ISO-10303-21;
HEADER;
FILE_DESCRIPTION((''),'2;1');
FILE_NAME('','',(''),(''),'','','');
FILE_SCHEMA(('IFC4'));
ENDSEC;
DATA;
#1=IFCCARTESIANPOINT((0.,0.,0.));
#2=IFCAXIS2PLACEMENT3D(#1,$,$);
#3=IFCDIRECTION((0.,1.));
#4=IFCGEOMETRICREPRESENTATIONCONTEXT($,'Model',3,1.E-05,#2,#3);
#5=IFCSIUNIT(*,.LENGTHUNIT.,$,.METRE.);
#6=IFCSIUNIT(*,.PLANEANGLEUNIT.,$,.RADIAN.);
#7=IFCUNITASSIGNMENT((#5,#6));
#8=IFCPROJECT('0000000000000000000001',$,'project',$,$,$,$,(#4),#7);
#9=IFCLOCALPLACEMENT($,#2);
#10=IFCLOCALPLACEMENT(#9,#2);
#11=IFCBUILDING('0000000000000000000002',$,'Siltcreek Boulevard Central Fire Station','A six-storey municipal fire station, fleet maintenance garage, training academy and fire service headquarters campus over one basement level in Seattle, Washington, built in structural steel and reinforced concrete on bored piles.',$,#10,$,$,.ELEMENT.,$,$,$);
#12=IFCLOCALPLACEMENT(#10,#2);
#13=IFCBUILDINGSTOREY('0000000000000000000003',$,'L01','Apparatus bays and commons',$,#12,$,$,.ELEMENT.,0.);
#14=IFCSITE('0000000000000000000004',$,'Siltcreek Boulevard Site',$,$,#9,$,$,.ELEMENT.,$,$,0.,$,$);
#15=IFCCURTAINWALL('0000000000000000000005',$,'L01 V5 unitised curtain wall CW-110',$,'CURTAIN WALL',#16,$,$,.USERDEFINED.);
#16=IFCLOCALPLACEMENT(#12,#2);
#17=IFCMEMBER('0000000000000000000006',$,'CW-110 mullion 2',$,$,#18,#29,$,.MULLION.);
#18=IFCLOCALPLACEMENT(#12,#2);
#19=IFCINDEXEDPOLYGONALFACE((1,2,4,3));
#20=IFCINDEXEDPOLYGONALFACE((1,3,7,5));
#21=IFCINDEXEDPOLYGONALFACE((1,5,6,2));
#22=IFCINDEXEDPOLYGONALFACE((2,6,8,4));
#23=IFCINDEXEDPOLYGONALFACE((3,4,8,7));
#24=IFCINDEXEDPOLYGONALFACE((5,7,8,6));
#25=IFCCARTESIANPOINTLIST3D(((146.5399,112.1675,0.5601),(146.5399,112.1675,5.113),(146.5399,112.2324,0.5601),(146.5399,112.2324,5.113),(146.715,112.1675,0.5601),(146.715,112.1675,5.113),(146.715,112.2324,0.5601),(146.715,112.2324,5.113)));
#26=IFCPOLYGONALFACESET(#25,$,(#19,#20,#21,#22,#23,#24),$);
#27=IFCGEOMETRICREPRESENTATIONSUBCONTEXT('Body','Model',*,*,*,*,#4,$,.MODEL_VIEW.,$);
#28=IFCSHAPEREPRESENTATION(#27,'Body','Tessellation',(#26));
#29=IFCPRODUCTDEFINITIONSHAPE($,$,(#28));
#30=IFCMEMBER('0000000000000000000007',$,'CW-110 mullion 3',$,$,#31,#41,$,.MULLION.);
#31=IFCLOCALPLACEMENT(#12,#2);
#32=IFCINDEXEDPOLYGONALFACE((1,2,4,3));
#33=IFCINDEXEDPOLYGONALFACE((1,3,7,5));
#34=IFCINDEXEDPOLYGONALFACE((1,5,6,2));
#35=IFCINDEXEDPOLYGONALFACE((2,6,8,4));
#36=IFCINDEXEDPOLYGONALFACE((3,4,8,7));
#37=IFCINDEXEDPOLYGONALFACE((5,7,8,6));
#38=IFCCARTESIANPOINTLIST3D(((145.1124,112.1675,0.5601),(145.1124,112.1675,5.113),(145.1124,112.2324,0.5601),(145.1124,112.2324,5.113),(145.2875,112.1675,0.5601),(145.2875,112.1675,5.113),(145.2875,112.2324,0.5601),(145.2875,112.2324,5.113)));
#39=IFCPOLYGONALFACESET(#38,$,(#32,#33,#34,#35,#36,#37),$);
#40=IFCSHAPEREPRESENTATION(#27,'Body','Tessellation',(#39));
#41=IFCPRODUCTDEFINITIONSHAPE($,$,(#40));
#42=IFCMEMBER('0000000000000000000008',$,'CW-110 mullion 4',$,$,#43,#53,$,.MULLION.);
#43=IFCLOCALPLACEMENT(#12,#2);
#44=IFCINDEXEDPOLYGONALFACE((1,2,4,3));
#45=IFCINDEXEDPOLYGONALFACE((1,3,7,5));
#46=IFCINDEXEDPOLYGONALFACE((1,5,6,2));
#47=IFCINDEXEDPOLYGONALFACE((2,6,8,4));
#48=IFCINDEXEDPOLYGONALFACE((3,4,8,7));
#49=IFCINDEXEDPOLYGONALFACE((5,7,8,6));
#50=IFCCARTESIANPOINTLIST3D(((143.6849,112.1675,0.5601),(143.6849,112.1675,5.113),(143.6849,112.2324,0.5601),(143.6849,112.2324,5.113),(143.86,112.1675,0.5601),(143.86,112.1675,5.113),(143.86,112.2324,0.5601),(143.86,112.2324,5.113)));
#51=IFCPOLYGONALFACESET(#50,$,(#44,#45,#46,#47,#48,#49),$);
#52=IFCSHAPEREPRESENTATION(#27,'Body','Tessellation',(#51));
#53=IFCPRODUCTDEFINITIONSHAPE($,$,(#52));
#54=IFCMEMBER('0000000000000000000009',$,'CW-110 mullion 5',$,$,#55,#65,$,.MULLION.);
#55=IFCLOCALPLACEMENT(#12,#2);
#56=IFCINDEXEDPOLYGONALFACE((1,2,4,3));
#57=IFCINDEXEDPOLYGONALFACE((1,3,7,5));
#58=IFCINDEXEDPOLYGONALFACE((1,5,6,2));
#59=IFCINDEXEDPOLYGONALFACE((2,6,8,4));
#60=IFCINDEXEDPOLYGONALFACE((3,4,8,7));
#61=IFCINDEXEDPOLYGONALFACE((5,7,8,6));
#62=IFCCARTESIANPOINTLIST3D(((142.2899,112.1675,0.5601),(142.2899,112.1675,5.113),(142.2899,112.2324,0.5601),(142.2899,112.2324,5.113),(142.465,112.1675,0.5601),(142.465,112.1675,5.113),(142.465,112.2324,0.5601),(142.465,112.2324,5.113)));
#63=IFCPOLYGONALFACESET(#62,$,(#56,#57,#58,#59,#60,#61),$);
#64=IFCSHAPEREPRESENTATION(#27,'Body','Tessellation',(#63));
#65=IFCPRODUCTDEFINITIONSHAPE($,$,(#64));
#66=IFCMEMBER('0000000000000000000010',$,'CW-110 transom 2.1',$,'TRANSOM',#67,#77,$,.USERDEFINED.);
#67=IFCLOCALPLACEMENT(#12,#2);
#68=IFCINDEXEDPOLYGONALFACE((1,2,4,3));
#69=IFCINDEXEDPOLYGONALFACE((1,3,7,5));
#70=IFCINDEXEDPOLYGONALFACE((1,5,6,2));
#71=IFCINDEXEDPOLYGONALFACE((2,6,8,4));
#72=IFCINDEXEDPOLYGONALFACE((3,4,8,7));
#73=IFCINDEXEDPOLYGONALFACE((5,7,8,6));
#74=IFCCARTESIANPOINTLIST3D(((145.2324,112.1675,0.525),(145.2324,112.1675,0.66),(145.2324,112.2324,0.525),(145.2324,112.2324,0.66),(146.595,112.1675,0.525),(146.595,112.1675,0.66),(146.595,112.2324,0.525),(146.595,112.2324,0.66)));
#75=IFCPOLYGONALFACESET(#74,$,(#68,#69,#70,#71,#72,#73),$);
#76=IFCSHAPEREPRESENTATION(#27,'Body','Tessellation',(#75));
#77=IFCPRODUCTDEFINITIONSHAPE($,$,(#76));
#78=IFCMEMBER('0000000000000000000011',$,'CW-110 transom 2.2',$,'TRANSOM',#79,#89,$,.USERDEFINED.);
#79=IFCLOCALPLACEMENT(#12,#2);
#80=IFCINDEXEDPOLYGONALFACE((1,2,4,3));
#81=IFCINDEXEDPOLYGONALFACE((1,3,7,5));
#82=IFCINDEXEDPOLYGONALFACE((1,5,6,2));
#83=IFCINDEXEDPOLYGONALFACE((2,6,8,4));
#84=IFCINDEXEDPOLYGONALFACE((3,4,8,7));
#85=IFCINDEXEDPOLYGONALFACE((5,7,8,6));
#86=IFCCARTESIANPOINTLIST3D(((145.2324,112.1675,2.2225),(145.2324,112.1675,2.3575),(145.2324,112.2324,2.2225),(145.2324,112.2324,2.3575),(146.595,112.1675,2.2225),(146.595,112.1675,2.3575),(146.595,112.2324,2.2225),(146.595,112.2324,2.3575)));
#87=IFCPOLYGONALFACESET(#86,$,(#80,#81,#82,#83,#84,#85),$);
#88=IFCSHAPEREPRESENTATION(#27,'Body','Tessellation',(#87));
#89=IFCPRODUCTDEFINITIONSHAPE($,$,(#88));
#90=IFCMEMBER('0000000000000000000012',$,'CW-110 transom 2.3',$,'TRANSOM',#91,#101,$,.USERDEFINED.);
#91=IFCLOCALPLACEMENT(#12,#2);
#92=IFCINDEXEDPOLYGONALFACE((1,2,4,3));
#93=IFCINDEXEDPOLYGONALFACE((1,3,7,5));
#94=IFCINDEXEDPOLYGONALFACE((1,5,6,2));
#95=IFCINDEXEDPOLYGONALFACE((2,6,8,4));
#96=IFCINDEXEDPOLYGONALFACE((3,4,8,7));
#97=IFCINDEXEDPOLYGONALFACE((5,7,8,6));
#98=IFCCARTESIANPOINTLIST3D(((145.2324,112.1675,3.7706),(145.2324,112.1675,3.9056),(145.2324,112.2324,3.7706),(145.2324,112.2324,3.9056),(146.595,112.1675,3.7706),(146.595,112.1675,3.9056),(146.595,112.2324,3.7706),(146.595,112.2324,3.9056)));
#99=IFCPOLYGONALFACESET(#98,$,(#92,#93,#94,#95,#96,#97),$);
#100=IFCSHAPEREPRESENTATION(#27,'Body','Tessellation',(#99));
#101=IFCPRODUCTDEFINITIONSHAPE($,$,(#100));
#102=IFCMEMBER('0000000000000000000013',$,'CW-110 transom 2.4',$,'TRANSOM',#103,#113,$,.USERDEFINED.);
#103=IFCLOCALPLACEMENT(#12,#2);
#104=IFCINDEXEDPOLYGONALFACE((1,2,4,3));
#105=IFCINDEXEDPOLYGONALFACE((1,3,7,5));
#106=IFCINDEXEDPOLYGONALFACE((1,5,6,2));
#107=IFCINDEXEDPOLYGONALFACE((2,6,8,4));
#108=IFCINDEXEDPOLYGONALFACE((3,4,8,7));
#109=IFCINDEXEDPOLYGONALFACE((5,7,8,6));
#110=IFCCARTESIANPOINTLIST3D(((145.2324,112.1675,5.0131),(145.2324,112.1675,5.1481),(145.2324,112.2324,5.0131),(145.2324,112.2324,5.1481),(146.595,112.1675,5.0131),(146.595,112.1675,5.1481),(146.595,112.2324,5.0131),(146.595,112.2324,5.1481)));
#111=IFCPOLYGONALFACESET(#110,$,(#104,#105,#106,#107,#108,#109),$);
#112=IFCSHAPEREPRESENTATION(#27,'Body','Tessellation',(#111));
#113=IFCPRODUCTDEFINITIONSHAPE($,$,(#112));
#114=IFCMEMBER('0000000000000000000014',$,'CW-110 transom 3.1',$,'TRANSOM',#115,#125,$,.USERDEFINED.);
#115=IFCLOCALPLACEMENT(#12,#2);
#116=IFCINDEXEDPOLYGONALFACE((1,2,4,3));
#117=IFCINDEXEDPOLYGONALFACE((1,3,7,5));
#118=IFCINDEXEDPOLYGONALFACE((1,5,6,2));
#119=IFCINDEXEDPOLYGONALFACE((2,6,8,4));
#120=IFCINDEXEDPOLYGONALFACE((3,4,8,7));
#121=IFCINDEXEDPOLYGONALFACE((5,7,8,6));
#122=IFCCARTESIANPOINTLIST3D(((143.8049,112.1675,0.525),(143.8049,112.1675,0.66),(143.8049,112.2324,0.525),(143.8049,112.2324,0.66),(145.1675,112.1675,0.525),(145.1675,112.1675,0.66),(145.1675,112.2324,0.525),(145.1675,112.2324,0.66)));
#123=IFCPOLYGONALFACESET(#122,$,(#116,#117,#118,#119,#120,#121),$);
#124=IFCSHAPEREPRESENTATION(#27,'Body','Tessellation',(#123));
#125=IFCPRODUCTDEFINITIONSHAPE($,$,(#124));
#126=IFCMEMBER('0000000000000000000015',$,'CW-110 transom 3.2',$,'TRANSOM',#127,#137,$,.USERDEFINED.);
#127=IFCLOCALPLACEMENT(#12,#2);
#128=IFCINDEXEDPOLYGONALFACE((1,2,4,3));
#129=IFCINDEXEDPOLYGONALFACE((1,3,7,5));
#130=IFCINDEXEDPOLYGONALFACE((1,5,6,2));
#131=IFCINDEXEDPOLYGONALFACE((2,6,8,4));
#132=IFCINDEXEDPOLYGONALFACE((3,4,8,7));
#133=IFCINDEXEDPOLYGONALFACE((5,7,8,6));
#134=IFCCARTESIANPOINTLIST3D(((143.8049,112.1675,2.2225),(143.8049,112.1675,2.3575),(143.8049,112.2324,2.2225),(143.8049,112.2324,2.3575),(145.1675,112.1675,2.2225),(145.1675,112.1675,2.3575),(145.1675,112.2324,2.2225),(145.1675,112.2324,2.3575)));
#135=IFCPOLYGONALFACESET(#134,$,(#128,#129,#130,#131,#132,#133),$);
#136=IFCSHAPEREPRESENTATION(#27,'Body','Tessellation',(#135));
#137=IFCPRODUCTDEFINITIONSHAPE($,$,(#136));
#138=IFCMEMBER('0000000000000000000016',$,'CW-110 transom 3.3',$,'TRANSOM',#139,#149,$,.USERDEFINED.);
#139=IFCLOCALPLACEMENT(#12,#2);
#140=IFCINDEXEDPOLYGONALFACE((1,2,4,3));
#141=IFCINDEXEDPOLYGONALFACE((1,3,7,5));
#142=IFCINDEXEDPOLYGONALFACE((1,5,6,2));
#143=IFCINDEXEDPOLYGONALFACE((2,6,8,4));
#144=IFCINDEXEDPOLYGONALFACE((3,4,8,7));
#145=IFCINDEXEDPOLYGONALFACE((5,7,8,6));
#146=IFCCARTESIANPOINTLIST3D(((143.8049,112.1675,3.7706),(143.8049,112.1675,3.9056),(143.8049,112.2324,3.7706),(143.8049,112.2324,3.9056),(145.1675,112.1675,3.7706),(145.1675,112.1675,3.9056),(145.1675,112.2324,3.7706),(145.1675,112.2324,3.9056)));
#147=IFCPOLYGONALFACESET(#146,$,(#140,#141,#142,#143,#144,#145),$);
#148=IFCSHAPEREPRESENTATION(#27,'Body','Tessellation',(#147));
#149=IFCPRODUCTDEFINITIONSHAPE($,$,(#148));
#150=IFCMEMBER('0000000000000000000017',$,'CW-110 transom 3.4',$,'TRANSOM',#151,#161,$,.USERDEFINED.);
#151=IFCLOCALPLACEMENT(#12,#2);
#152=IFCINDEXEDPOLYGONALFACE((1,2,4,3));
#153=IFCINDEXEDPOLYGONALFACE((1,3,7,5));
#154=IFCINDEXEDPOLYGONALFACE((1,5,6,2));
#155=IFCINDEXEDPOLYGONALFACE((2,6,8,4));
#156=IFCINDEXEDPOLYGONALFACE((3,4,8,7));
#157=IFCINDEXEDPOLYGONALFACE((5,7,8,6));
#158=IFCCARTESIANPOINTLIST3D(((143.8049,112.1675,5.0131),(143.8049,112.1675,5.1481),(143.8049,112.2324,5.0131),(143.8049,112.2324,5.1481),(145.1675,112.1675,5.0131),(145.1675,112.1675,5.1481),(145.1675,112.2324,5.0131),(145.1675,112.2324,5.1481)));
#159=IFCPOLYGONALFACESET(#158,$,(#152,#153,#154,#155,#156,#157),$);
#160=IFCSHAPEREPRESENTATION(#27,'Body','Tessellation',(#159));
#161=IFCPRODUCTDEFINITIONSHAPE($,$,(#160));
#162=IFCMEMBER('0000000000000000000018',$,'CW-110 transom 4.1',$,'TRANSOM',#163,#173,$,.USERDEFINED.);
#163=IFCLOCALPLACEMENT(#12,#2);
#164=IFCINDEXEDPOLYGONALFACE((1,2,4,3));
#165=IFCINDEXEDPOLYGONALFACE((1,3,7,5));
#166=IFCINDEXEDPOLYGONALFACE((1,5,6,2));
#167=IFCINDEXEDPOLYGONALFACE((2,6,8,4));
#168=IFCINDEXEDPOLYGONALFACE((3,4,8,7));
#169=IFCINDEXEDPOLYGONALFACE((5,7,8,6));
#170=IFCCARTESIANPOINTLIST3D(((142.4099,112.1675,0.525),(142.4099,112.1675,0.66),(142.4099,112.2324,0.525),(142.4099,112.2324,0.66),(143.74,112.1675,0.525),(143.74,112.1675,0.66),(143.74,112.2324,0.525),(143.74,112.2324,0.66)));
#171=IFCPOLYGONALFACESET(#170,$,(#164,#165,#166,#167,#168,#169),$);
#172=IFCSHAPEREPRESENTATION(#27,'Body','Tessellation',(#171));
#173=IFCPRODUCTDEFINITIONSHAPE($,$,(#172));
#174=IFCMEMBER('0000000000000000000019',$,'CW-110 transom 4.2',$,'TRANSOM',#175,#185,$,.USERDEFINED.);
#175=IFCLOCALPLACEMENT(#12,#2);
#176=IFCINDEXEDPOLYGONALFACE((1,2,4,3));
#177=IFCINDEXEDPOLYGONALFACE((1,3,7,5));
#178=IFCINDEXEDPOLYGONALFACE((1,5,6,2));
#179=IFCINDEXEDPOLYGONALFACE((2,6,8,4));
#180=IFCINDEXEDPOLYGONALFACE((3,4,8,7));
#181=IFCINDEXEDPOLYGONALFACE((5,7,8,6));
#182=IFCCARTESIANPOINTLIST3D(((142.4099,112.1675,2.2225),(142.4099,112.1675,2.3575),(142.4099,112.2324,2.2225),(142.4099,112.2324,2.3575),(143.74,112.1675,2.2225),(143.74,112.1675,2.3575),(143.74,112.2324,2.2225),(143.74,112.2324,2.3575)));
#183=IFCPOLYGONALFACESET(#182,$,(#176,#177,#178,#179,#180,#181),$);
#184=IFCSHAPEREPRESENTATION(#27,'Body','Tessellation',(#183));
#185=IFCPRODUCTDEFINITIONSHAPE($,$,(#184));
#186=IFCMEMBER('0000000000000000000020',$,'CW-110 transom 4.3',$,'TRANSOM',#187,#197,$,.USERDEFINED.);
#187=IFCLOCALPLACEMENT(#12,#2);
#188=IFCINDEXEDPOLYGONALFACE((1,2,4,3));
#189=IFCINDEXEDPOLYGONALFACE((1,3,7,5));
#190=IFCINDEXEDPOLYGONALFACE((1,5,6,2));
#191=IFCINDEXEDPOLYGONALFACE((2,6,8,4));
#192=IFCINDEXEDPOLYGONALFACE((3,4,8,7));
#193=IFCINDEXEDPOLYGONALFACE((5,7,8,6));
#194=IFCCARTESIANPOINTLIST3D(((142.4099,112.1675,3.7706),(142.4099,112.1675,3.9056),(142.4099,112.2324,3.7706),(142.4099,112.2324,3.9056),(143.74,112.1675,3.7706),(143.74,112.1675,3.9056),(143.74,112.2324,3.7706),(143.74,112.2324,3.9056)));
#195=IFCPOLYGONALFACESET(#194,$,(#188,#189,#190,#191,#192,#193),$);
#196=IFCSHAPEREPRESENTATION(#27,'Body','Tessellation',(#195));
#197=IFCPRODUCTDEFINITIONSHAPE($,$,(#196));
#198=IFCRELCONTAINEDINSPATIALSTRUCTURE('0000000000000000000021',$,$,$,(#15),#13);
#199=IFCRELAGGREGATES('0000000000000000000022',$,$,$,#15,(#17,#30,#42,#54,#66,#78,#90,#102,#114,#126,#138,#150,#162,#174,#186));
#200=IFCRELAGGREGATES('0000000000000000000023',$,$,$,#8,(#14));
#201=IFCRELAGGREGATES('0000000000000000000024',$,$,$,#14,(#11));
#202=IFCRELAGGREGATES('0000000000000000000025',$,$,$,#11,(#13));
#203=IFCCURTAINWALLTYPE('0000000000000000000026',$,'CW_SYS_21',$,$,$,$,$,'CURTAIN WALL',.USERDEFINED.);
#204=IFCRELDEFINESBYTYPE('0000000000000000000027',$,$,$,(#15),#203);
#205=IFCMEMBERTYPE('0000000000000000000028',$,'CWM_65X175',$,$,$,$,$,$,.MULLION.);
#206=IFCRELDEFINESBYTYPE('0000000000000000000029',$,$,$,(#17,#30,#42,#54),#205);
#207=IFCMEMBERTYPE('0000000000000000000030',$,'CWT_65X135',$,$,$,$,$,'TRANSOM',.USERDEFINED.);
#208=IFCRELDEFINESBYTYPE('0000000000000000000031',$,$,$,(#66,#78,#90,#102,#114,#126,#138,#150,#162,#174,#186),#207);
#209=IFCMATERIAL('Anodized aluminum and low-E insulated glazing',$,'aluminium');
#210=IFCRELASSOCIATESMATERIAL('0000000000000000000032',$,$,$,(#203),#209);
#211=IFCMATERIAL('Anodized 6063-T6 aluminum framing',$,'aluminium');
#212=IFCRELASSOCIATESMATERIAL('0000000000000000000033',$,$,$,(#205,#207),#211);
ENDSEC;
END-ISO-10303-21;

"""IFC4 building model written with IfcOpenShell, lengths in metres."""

from ifc_helpers import new_model, si_unit, direction, frame, origin, origin_2d, place, context, subcontext, project, spatial, rectangle, extrude, material, material_profile, profile_set, type_object, element, aggregate, save


model = new_model("IFC4")

# Units and contexts
model_context = context("Model", 3, precision=1e-05, world=origin(), true_north=direction((0.0, 1.0)))
body_context = subcontext(model_context, "Body", "Model", "MODEL_VIEW")
ifc_project = project(units=[si_unit("LENGTHUNIT", "METRE"), si_unit("PLANEANGLEUNIT", "RADIAN")], contexts=[model_context])

# Site, building, storey
site_placement = place(None, origin())
site = spatial("IfcSite", under=ifc_project, at=site_placement, Name="Siltcreek Boulevard Site", CompositionType="ELEMENT", RefElevation=0.0)
building_placement = place(site_placement, origin())
building = spatial("IfcBuilding", under=site, at=building_placement, Name="Siltcreek Boulevard Central Fire Station", Description="A six-storey municipal fire station, fleet maintenance garage, training academy and fire service headquarters campus over one basement level in Seattle, Washington, built in structural steel and reinforced concrete on bored piles.", CompositionType="ELEMENT")
storey_placement = place(building_placement, origin())
storey = spatial("IfcBuildingStorey", under=building, at=storey_placement, Name="L01", Description="Apparatus bays and commons", CompositionType="ELEMENT", Elevation=0.0)

# Curtain wall, members
ifc_material_1 = material(Name="Anodized aluminum and low-E insulated glazing", Category="aluminium")
curtain_wall_type = type_object("IfcCurtainWallType", Name="CW_SYS_21", ElementType="CURTAIN WALL", PredefinedType="USERDEFINED", material=ifc_material_1)
curtain_wall_placement = place(storey_placement, origin())
curtain_wall = element("IfcCurtainWall", 1, at=curtain_wall_placement, inside=storey, type_object=curtain_wall_type, Name="L01 V5 unitised curtain wall CW-110", ObjectType="CURTAIN WALL", PredefinedType="USERDEFINED")
ifc_material_2 = material(Name="Anodized 6063-T6 aluminum framing", Category="aluminium")
ifc_material_profile_1 = material_profile(ifc_material_2, rectangle(XDim=0.0649, YDim=0.175, at=origin_2d()), Name="MULL65X175")
ifc_profile_set_1 = profile_set([ifc_material_profile_1], Name="Anodized 6063-T6 aluminum framing")
member_type_1 = type_object("IfcMemberType", Name="CWM_65X175", PredefinedType="MULLION", material=ifc_profile_set_1)
member_1_placement = place(storey_placement, frame((146.6274, 112.2, 0.5601), z_axis=(0.0, 0.0, 1.0), x_axis=(0.0, -1.0, 0.0)))
member_1 = element("IfcMember", 2, at=member_1_placement, type_object=member_type_1, Name="CW-110 mullion 2", PredefinedType="MULLION", context=body_context, shape_type="SweptSolid", body=[
    extrude(rectangle(XDim=0.0649, YDim=0.175, at=origin_2d()), origin(), (0.0, 0.0, 1.0), 4.553),
])
member_2_placement = place(storey_placement, frame((145.2, 112.2, 0.5601), z_axis=(0.0, 0.0, 1.0), x_axis=(0.0, -1.0, 0.0)))
member_2 = element("IfcMember", 3, at=member_2_placement, type_object=member_type_1, Name="CW-110 mullion 3", PredefinedType="MULLION", context=body_context, shape_type="SweptSolid", body=[
    extrude(rectangle(XDim=0.0649, YDim=0.175, at=origin_2d()), origin(), (0.0, 0.0, 1.0), 4.553),
])
member_3_placement = place(storey_placement, frame((143.7725, 112.2, 0.5601), z_axis=(0.0, 0.0, 1.0), x_axis=(0.0, -1.0, 0.0)))
member_3 = element("IfcMember", 4, at=member_3_placement, type_object=member_type_1, Name="CW-110 mullion 4", PredefinedType="MULLION", context=body_context, shape_type="SweptSolid", body=[
    extrude(rectangle(XDim=0.0649, YDim=0.175, at=origin_2d()), origin(), (0.0, 0.0, 1.0), 4.553),
])
member_4_placement = place(storey_placement, frame((142.3774, 112.2, 0.5601), z_axis=(0.0, 0.0, 1.0), x_axis=(0.0, -1.0, 0.0)))
member_4 = element("IfcMember", 5, at=member_4_placement, type_object=member_type_1, Name="CW-110 mullion 5", PredefinedType="MULLION", context=body_context, shape_type="SweptSolid", body=[
    extrude(rectangle(XDim=0.0649, YDim=0.175, at=origin_2d()), origin(), (0.0, 0.0, 1.0), 4.553),
])
ifc_material_profile_2 = material_profile(ifc_material_2, rectangle(XDim=0.0649, YDim=0.135, at=origin_2d()), Name="TRAN65X135")
ifc_profile_set_2 = profile_set([ifc_material_profile_2], Name="Anodized 6063-T6 aluminum framing")
member_type_2 = type_object("IfcMemberType", Name="CWT_65X135", ElementType="TRANSOM", PredefinedType="USERDEFINED", material=ifc_profile_set_2)
member_5_placement = place(storey_placement, frame((146.595, 112.2, 0.5925), z_axis=(-1.0, 0.0, 0.0), x_axis=(0.0, -1.0, 0.0)))
member_5 = element("IfcMember", 6, at=member_5_placement, type_object=member_type_2, Name="CW-110 transom 2.1", ObjectType="TRANSOM", PredefinedType="USERDEFINED", context=body_context, shape_type="SweptSolid", body=[
    extrude(rectangle(XDim=0.0649, YDim=0.135, at=origin_2d()), origin(), (0.0, 0.0, 1.0), 1.3625),
])
member_6_placement = place(storey_placement, frame((146.595, 112.2, 2.29), z_axis=(-1.0, 0.0, 0.0), x_axis=(0.0, -1.0, 0.0)))
member_6 = element("IfcMember", 7, at=member_6_placement, type_object=member_type_2, Name="CW-110 transom 2.2", ObjectType="TRANSOM", PredefinedType="USERDEFINED", context=body_context, shape_type="SweptSolid", body=[
    extrude(rectangle(XDim=0.0649, YDim=0.135, at=origin_2d()), origin(), (0.0, 0.0, 1.0), 1.3625),
])
member_7_placement = place(storey_placement, frame((146.595, 112.2, 3.8381), z_axis=(-1.0, 0.0, 0.0), x_axis=(0.0, -1.0, 0.0)))
member_7 = element("IfcMember", 8, at=member_7_placement, type_object=member_type_2, Name="CW-110 transom 2.3", ObjectType="TRANSOM", PredefinedType="USERDEFINED", context=body_context, shape_type="SweptSolid", body=[
    extrude(rectangle(XDim=0.0649, YDim=0.135, at=origin_2d()), origin(), (0.0, 0.0, 1.0), 1.3625),
])
member_8_placement = place(storey_placement, frame((146.595, 112.2, 5.0806), z_axis=(-1.0, 0.0, 0.0), x_axis=(0.0, -1.0, 0.0)))
member_8 = element("IfcMember", 9, at=member_8_placement, type_object=member_type_2, Name="CW-110 transom 2.4", ObjectType="TRANSOM", PredefinedType="USERDEFINED", context=body_context, shape_type="SweptSolid", body=[
    extrude(rectangle(XDim=0.0649, YDim=0.135, at=origin_2d()), origin(), (0.0, 0.0, 1.0), 1.3625),
])
member_9_placement = place(storey_placement, frame((145.1675, 112.2, 0.5925), z_axis=(-1.0, 0.0, 0.0), x_axis=(0.0, -1.0, 0.0)))
member_9 = element("IfcMember", 10, at=member_9_placement, type_object=member_type_2, Name="CW-110 transom 3.1", ObjectType="TRANSOM", PredefinedType="USERDEFINED", context=body_context, shape_type="SweptSolid", body=[
    extrude(rectangle(XDim=0.0649, YDim=0.135, at=origin_2d()), origin(), (0.0, 0.0, 1.0), 1.3625),
])
member_10_placement = place(storey_placement, frame((145.1675, 112.2, 2.29), z_axis=(-1.0, 0.0, 0.0), x_axis=(0.0, -1.0, 0.0)))
member_10 = element("IfcMember", 11, at=member_10_placement, type_object=member_type_2, Name="CW-110 transom 3.2", ObjectType="TRANSOM", PredefinedType="USERDEFINED", context=body_context, shape_type="SweptSolid", body=[
    extrude(rectangle(XDim=0.0649, YDim=0.135, at=origin_2d()), origin(), (0.0, 0.0, 1.0), 1.3625),
])
member_11_placement = place(storey_placement, frame((145.1675, 112.2, 3.8381), z_axis=(-1.0, 0.0, 0.0), x_axis=(0.0, -1.0, 0.0)))
member_11 = element("IfcMember", 12, at=member_11_placement, type_object=member_type_2, Name="CW-110 transom 3.3", ObjectType="TRANSOM", PredefinedType="USERDEFINED", context=body_context, shape_type="SweptSolid", body=[
    extrude(rectangle(XDim=0.0649, YDim=0.135, at=origin_2d()), origin(), (0.0, 0.0, 1.0), 1.3625),
])
member_12_placement = place(storey_placement, frame((145.1675, 112.2, 5.0806), z_axis=(-1.0, 0.0, 0.0), x_axis=(0.0, -1.0, 0.0)))
member_12 = element("IfcMember", 13, at=member_12_placement, type_object=member_type_2, Name="CW-110 transom 3.4", ObjectType="TRANSOM", PredefinedType="USERDEFINED", context=body_context, shape_type="SweptSolid", body=[
    extrude(rectangle(XDim=0.0649, YDim=0.135, at=origin_2d()), origin(), (0.0, 0.0, 1.0), 1.3625),
])
member_13_placement = place(storey_placement, frame((143.74, 112.2, 0.5925), z_axis=(-1.0, 0.0, 0.0), x_axis=(0.0, -1.0, 0.0)))
member_13 = element("IfcMember", 14, at=member_13_placement, type_object=member_type_2, Name="CW-110 transom 4.1", ObjectType="TRANSOM", PredefinedType="USERDEFINED", context=body_context, shape_type="SweptSolid", body=[
    extrude(rectangle(XDim=0.0649, YDim=0.135, at=origin_2d()), origin(), (0.0, 0.0, 1.0), 1.3301),
])
member_14_placement = place(storey_placement, frame((143.74, 112.2, 2.29), z_axis=(-1.0, 0.0, 0.0), x_axis=(0.0, -1.0, 0.0)))
member_14 = element("IfcMember", 15, at=member_14_placement, type_object=member_type_2, Name="CW-110 transom 4.2", ObjectType="TRANSOM", PredefinedType="USERDEFINED", context=body_context, shape_type="SweptSolid", body=[
    extrude(rectangle(XDim=0.0649, YDim=0.135, at=origin_2d()), origin(), (0.0, 0.0, 1.0), 1.3301),
])
member_15_placement = place(storey_placement, frame((143.74, 112.2, 3.8381), z_axis=(-1.0, 0.0, 0.0), x_axis=(0.0, -1.0, 0.0)))
member_15 = element("IfcMember", 16, at=member_15_placement, type_object=member_type_2, Name="CW-110 transom 4.3", ObjectType="TRANSOM", PredefinedType="USERDEFINED", context=body_context, shape_type="SweptSolid", body=[
    extrude(rectangle(XDim=0.0649, YDim=0.135, at=origin_2d()), origin(), (0.0, 0.0, 1.0), 1.3301),
])
aggregate(curtain_wall, [member_1, member_2, member_3, member_4, member_5, member_6, member_7, member_8, member_9, member_10, member_11, member_12, member_13, member_14, member_15])

save(model, "model.ifc")
